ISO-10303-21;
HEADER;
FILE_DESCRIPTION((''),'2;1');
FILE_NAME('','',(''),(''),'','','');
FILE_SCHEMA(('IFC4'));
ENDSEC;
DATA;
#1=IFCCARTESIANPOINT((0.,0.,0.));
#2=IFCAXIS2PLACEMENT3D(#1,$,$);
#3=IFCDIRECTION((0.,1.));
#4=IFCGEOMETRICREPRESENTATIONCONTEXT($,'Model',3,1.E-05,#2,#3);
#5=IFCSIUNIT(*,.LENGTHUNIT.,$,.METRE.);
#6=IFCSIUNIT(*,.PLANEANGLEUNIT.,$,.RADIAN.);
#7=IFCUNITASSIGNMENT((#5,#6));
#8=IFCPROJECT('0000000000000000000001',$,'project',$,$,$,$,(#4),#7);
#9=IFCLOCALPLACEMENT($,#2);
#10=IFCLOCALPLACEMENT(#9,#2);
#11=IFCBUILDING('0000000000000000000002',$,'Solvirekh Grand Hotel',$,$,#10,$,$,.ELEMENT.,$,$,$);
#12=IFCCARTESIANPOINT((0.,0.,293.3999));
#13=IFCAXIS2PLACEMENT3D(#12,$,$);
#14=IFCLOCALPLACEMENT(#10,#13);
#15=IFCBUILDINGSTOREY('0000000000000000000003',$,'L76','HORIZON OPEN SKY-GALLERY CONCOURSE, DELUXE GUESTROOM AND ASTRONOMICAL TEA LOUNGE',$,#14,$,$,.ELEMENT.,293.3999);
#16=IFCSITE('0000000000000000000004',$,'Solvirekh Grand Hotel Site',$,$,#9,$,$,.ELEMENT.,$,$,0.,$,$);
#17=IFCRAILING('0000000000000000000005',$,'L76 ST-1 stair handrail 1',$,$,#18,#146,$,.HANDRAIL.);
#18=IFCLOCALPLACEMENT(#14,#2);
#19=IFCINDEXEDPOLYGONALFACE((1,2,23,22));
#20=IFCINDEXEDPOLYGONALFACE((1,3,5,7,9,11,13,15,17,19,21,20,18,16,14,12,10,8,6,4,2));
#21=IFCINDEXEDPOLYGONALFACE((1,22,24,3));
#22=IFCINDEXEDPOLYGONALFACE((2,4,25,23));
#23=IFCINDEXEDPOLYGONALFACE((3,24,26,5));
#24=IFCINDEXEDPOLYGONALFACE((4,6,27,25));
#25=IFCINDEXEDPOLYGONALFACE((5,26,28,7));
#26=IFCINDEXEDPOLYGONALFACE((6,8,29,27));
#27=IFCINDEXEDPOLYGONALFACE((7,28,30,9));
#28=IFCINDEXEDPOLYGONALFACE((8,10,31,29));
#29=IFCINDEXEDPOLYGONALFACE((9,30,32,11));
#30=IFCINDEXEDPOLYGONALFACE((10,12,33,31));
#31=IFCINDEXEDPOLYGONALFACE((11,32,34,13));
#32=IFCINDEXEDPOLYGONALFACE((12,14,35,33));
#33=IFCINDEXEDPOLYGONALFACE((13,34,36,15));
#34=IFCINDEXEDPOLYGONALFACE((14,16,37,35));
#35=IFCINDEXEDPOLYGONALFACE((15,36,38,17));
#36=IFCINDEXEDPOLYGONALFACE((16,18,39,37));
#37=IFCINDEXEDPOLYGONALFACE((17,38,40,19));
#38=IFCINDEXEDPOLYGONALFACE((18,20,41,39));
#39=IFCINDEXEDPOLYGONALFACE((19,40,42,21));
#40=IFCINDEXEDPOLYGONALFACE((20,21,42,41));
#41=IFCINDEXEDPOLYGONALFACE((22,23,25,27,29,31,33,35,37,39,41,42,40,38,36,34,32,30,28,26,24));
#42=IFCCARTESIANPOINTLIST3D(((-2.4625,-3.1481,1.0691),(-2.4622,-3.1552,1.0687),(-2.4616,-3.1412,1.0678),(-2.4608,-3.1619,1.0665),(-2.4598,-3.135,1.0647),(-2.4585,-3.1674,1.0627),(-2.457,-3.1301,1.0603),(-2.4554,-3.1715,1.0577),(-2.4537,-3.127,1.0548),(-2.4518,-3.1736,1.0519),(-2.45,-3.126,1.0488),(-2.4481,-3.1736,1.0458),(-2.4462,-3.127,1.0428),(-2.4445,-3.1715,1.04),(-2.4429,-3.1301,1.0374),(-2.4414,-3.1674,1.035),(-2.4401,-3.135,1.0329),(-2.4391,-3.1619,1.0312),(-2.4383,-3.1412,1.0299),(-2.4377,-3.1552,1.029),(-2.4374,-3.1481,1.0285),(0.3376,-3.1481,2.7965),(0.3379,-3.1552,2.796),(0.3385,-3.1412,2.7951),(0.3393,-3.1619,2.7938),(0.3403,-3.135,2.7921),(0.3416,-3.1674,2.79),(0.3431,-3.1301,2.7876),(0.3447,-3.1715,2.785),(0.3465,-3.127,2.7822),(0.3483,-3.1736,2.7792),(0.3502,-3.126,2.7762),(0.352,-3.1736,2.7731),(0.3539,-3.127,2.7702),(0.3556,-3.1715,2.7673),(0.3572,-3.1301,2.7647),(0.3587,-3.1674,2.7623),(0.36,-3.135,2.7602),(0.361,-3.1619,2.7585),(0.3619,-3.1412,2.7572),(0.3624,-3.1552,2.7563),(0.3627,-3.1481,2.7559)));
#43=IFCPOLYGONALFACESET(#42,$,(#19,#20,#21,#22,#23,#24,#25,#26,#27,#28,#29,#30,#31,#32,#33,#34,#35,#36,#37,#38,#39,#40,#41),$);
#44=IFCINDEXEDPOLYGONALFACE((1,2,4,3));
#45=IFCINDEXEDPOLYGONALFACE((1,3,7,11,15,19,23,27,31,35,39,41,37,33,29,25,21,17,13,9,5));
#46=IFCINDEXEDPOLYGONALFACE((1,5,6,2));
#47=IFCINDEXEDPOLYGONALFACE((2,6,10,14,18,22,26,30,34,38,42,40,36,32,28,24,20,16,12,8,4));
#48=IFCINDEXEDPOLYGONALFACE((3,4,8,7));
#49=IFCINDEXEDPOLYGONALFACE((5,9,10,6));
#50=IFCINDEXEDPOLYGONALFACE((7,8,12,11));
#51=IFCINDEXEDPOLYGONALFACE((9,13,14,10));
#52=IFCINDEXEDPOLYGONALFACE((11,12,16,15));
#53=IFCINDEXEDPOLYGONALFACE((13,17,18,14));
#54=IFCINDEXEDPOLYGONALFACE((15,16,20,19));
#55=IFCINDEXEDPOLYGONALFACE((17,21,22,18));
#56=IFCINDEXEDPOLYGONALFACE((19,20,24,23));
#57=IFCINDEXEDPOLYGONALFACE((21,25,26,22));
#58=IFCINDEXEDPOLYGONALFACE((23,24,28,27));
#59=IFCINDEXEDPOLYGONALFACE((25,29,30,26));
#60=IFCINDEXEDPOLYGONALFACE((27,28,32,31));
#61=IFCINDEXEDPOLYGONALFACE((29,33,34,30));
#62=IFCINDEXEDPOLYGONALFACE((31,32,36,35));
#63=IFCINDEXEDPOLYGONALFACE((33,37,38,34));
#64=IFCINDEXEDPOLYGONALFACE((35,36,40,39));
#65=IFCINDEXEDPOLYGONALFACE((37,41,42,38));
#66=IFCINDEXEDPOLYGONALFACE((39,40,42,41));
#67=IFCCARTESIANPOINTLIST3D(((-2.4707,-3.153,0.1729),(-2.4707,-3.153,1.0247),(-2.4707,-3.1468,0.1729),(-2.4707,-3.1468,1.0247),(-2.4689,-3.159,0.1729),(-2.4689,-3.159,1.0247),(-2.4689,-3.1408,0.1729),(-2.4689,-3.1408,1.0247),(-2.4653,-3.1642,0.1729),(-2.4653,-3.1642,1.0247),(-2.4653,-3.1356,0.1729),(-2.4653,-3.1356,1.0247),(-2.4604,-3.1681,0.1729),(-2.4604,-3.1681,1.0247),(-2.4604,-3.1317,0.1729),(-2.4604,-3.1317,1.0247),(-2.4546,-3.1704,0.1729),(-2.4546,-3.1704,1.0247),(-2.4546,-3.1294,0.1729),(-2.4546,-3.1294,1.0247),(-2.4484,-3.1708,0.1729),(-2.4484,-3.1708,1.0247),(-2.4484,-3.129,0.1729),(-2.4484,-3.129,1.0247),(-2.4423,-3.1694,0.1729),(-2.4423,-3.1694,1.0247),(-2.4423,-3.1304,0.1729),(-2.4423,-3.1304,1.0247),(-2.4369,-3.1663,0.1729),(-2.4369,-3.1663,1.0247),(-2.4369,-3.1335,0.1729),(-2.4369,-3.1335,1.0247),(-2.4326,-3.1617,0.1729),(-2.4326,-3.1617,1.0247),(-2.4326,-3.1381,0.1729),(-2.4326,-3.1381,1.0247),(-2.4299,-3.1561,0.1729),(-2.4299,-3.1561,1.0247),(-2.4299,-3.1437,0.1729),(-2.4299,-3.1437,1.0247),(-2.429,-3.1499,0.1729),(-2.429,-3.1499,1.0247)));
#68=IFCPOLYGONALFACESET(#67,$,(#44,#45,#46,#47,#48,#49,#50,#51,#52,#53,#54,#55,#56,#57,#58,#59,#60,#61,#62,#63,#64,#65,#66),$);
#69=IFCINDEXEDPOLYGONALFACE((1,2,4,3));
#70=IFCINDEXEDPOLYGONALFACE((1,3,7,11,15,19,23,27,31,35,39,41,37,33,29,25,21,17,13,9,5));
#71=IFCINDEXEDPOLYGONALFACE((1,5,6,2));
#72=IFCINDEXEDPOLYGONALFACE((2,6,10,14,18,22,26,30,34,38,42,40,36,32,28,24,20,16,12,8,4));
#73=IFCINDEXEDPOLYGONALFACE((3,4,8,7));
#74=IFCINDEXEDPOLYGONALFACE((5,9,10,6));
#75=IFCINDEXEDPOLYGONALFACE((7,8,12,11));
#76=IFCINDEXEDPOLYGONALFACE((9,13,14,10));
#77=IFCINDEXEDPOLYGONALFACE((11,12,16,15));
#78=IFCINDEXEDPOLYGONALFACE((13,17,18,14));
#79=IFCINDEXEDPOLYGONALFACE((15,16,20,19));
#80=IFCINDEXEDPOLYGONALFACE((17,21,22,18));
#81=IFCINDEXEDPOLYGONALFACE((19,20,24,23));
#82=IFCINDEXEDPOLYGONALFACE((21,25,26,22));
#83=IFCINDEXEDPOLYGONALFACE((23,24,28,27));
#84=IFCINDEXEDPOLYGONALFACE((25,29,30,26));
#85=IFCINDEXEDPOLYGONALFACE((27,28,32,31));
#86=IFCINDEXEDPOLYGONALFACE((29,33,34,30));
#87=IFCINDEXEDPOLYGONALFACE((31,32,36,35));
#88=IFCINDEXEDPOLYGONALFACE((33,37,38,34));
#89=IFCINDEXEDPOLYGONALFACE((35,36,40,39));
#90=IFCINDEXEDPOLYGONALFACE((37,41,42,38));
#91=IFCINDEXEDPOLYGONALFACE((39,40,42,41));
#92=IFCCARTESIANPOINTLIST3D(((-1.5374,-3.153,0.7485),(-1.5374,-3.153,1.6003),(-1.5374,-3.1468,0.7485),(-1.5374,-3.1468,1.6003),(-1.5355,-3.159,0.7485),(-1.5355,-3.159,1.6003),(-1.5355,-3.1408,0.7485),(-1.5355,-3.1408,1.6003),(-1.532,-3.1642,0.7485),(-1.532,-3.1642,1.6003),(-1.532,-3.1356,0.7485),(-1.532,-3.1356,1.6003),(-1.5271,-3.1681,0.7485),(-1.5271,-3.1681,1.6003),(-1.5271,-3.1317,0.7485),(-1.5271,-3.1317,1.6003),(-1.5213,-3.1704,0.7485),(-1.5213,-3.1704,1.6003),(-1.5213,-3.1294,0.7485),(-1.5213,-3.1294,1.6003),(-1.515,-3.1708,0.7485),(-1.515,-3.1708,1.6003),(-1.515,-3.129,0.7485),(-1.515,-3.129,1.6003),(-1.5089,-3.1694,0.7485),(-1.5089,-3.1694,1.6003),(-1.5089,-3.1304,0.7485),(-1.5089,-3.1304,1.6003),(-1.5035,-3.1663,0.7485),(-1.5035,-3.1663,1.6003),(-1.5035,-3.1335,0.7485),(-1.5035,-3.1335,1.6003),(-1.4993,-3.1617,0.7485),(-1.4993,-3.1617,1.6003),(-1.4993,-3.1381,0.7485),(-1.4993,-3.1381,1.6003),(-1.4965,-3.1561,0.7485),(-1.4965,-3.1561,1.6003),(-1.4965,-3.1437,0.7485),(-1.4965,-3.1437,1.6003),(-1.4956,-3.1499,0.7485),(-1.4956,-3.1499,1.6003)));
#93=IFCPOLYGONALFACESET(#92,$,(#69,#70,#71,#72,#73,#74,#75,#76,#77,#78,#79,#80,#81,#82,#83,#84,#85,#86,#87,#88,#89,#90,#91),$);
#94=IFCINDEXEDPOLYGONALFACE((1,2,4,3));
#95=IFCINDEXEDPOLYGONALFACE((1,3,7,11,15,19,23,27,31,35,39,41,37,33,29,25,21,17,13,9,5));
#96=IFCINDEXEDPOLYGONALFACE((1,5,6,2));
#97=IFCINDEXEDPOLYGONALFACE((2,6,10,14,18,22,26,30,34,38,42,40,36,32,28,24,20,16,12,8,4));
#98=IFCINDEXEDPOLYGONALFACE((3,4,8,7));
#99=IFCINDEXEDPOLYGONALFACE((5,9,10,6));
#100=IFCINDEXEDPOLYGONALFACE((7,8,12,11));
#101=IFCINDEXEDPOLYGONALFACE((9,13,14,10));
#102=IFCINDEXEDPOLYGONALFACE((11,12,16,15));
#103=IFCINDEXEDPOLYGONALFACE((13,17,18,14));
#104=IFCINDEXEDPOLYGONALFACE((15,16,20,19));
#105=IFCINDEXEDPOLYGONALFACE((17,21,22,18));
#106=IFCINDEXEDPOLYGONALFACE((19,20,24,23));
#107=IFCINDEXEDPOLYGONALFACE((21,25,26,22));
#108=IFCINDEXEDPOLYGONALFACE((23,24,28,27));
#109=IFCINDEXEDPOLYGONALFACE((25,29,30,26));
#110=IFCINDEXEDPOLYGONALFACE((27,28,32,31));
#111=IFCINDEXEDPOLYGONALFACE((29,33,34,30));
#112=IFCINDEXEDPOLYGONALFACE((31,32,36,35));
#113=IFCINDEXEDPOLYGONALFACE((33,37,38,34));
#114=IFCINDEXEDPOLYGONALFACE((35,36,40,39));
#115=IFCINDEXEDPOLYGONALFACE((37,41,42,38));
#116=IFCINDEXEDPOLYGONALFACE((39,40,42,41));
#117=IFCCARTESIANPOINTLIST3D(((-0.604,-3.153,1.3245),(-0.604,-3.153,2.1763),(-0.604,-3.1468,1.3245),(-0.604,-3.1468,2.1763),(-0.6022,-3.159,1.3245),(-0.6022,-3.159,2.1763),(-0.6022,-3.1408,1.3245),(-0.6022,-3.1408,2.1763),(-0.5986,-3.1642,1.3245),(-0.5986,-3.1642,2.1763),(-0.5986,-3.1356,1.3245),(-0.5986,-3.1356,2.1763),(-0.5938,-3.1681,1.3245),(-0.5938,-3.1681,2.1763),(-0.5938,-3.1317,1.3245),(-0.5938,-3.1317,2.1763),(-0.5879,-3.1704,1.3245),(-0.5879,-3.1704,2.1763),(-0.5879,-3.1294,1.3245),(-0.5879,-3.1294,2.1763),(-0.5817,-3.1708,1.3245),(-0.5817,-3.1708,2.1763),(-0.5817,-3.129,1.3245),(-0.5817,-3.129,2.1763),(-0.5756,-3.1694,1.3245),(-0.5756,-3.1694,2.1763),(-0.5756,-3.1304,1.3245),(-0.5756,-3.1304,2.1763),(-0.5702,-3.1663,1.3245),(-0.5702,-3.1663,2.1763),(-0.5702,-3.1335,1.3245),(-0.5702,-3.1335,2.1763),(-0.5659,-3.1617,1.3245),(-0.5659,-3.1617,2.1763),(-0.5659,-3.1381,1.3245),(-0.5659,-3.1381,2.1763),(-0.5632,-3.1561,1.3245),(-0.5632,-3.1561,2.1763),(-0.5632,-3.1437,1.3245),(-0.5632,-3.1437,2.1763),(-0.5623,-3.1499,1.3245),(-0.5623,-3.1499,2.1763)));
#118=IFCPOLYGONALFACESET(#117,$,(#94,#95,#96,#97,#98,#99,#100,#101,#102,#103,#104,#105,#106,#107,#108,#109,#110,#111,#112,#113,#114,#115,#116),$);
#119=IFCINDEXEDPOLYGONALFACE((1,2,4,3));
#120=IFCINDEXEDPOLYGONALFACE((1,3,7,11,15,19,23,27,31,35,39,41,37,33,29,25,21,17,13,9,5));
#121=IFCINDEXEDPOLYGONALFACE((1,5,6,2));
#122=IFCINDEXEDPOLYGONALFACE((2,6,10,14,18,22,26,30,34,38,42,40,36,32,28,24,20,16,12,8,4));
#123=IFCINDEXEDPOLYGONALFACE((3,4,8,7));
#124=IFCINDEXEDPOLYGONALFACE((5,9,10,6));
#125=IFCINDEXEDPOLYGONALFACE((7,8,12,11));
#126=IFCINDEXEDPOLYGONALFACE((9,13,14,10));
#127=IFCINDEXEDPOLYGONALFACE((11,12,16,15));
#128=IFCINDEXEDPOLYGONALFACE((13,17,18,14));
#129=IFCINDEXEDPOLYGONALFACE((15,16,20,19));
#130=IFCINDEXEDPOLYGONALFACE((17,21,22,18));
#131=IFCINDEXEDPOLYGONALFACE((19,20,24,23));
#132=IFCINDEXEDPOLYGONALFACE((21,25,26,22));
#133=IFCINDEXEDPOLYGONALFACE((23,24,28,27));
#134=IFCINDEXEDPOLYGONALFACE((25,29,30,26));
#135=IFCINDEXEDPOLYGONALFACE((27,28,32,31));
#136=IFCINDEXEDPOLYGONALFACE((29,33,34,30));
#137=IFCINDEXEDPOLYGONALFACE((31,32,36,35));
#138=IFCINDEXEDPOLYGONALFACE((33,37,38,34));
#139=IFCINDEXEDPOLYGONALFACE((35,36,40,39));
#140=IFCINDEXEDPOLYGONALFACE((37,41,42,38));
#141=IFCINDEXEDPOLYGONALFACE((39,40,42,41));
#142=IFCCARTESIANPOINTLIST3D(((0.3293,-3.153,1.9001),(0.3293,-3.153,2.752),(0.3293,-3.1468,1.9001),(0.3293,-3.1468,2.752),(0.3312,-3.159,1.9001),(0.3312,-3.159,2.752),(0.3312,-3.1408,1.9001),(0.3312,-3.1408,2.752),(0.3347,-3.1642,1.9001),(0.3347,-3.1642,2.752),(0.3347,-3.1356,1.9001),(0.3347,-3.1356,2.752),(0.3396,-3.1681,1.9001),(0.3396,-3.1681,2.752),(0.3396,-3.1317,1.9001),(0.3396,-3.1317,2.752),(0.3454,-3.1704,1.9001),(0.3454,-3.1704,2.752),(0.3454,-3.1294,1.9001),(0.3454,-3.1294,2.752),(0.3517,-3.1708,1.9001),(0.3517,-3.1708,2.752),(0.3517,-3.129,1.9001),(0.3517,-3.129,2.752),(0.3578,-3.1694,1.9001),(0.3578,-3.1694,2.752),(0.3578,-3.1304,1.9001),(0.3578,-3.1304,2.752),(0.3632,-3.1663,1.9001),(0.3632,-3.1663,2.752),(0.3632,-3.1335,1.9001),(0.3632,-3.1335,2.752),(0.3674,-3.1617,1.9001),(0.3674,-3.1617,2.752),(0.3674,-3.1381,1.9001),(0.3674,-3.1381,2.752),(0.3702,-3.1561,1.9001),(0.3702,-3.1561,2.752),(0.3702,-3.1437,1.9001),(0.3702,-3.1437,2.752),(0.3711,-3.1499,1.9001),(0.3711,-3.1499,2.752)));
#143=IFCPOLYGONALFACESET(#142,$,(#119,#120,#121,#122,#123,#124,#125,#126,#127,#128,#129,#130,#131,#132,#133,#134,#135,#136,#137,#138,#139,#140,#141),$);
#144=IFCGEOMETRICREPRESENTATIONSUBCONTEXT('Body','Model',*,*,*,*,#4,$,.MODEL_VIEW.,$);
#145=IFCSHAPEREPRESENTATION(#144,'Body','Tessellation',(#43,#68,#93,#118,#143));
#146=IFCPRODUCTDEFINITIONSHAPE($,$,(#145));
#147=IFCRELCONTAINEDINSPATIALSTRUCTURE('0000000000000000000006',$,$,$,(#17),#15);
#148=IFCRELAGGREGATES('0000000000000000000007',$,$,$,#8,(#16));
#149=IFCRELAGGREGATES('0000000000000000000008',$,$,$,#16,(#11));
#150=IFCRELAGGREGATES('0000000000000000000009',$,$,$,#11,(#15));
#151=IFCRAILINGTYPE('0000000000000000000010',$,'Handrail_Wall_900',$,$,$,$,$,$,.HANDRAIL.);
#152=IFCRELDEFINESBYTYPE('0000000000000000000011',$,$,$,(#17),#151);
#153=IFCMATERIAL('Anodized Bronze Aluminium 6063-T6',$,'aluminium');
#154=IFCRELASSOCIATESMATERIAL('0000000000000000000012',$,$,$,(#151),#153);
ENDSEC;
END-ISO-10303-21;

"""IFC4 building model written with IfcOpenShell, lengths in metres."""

from ifc_helpers import new_model, si_unit, direction, frame, origin, origin_2d, place, context, subcontext, project, spatial, circle, extrude, material, type_object, element, save


model = new_model("IFC4")

# Units and contexts
model_context = context("Model", 3, precision=1e-05, world=origin(), true_north=direction((0.0, 1.0)))
body_context = subcontext(model_context, "Body", "Model", "MODEL_VIEW")
ifc_project = project(units=[si_unit("LENGTHUNIT", "METRE"), si_unit("PLANEANGLEUNIT", "RADIAN")], contexts=[model_context])

# Site, building, storey
site_placement = place(None, origin())
site = spatial("IfcSite", under=ifc_project, at=site_placement, Name="Solvirekh Grand Hotel Site", CompositionType="ELEMENT", RefElevation=0.0)
building_placement = place(site_placement, origin())
building = spatial("IfcBuilding", under=site, at=building_placement, Name="Solvirekh Grand Hotel", CompositionType="ELEMENT")
storey_placement = place(building_placement, frame((0.0, 0.0, 293.3999)))
storey = spatial("IfcBuildingStorey", under=building, at=storey_placement, Name="L76", Description="HORIZON OPEN SKY-GALLERY CONCOURSE, DELUXE GUESTROOM AND ASTRONOMICAL TEA LOUNGE", CompositionType="ELEMENT", Elevation=293.3999)

# Railing
ifc_material_1 = material(Name="Anodized Bronze Aluminium 6063-T6", Category="aluminium")
railing_type_1 = type_object("IfcRailingType", Name="Handrail_Wall_900", PredefinedType="HANDRAIL", material=ifc_material_1)
railing_1_placement = place(storey_placement, frame((-2.45, -3.1499, 0.1729)))
element("IfcRailing", 1, at=railing_1_placement, inside=storey, type_object=railing_type_1, Name="L76 ST-1 stair handrail 1", PredefinedType="HANDRAIL", context=body_context, shape_type="SweptSolid", body=[
    extrude(circle(Radius=0.0239, at=origin_2d()), frame((0.0, 0.0, 0.876), z_axis=(0.85109, 0.0, 0.52502), x_axis=(0.0, 1.0, 0.0)), (0.0, 0.0, 1.0), 3.29),
    extrude(circle(Radius=0.021, at=origin_2d()), origin(), (0.0, 0.0, 1.0), 0.8518),
    extrude(circle(Radius=0.021, at=origin_2d()), frame((0.9333, 0.0, 0.5757)), (0.0, 0.0, 1.0), 0.8518),
    extrude(circle(Radius=0.021, at=origin_2d()), frame((1.8667, 0.0, 1.1516)), (0.0, 0.0, 1.0), 0.8518),
    extrude(circle(Radius=0.021, at=origin_2d()), frame((2.8, 0.0, 1.7273)), (0.0, 0.0, 1.0), 0.8518),
])

save(model, "model.ifc")
